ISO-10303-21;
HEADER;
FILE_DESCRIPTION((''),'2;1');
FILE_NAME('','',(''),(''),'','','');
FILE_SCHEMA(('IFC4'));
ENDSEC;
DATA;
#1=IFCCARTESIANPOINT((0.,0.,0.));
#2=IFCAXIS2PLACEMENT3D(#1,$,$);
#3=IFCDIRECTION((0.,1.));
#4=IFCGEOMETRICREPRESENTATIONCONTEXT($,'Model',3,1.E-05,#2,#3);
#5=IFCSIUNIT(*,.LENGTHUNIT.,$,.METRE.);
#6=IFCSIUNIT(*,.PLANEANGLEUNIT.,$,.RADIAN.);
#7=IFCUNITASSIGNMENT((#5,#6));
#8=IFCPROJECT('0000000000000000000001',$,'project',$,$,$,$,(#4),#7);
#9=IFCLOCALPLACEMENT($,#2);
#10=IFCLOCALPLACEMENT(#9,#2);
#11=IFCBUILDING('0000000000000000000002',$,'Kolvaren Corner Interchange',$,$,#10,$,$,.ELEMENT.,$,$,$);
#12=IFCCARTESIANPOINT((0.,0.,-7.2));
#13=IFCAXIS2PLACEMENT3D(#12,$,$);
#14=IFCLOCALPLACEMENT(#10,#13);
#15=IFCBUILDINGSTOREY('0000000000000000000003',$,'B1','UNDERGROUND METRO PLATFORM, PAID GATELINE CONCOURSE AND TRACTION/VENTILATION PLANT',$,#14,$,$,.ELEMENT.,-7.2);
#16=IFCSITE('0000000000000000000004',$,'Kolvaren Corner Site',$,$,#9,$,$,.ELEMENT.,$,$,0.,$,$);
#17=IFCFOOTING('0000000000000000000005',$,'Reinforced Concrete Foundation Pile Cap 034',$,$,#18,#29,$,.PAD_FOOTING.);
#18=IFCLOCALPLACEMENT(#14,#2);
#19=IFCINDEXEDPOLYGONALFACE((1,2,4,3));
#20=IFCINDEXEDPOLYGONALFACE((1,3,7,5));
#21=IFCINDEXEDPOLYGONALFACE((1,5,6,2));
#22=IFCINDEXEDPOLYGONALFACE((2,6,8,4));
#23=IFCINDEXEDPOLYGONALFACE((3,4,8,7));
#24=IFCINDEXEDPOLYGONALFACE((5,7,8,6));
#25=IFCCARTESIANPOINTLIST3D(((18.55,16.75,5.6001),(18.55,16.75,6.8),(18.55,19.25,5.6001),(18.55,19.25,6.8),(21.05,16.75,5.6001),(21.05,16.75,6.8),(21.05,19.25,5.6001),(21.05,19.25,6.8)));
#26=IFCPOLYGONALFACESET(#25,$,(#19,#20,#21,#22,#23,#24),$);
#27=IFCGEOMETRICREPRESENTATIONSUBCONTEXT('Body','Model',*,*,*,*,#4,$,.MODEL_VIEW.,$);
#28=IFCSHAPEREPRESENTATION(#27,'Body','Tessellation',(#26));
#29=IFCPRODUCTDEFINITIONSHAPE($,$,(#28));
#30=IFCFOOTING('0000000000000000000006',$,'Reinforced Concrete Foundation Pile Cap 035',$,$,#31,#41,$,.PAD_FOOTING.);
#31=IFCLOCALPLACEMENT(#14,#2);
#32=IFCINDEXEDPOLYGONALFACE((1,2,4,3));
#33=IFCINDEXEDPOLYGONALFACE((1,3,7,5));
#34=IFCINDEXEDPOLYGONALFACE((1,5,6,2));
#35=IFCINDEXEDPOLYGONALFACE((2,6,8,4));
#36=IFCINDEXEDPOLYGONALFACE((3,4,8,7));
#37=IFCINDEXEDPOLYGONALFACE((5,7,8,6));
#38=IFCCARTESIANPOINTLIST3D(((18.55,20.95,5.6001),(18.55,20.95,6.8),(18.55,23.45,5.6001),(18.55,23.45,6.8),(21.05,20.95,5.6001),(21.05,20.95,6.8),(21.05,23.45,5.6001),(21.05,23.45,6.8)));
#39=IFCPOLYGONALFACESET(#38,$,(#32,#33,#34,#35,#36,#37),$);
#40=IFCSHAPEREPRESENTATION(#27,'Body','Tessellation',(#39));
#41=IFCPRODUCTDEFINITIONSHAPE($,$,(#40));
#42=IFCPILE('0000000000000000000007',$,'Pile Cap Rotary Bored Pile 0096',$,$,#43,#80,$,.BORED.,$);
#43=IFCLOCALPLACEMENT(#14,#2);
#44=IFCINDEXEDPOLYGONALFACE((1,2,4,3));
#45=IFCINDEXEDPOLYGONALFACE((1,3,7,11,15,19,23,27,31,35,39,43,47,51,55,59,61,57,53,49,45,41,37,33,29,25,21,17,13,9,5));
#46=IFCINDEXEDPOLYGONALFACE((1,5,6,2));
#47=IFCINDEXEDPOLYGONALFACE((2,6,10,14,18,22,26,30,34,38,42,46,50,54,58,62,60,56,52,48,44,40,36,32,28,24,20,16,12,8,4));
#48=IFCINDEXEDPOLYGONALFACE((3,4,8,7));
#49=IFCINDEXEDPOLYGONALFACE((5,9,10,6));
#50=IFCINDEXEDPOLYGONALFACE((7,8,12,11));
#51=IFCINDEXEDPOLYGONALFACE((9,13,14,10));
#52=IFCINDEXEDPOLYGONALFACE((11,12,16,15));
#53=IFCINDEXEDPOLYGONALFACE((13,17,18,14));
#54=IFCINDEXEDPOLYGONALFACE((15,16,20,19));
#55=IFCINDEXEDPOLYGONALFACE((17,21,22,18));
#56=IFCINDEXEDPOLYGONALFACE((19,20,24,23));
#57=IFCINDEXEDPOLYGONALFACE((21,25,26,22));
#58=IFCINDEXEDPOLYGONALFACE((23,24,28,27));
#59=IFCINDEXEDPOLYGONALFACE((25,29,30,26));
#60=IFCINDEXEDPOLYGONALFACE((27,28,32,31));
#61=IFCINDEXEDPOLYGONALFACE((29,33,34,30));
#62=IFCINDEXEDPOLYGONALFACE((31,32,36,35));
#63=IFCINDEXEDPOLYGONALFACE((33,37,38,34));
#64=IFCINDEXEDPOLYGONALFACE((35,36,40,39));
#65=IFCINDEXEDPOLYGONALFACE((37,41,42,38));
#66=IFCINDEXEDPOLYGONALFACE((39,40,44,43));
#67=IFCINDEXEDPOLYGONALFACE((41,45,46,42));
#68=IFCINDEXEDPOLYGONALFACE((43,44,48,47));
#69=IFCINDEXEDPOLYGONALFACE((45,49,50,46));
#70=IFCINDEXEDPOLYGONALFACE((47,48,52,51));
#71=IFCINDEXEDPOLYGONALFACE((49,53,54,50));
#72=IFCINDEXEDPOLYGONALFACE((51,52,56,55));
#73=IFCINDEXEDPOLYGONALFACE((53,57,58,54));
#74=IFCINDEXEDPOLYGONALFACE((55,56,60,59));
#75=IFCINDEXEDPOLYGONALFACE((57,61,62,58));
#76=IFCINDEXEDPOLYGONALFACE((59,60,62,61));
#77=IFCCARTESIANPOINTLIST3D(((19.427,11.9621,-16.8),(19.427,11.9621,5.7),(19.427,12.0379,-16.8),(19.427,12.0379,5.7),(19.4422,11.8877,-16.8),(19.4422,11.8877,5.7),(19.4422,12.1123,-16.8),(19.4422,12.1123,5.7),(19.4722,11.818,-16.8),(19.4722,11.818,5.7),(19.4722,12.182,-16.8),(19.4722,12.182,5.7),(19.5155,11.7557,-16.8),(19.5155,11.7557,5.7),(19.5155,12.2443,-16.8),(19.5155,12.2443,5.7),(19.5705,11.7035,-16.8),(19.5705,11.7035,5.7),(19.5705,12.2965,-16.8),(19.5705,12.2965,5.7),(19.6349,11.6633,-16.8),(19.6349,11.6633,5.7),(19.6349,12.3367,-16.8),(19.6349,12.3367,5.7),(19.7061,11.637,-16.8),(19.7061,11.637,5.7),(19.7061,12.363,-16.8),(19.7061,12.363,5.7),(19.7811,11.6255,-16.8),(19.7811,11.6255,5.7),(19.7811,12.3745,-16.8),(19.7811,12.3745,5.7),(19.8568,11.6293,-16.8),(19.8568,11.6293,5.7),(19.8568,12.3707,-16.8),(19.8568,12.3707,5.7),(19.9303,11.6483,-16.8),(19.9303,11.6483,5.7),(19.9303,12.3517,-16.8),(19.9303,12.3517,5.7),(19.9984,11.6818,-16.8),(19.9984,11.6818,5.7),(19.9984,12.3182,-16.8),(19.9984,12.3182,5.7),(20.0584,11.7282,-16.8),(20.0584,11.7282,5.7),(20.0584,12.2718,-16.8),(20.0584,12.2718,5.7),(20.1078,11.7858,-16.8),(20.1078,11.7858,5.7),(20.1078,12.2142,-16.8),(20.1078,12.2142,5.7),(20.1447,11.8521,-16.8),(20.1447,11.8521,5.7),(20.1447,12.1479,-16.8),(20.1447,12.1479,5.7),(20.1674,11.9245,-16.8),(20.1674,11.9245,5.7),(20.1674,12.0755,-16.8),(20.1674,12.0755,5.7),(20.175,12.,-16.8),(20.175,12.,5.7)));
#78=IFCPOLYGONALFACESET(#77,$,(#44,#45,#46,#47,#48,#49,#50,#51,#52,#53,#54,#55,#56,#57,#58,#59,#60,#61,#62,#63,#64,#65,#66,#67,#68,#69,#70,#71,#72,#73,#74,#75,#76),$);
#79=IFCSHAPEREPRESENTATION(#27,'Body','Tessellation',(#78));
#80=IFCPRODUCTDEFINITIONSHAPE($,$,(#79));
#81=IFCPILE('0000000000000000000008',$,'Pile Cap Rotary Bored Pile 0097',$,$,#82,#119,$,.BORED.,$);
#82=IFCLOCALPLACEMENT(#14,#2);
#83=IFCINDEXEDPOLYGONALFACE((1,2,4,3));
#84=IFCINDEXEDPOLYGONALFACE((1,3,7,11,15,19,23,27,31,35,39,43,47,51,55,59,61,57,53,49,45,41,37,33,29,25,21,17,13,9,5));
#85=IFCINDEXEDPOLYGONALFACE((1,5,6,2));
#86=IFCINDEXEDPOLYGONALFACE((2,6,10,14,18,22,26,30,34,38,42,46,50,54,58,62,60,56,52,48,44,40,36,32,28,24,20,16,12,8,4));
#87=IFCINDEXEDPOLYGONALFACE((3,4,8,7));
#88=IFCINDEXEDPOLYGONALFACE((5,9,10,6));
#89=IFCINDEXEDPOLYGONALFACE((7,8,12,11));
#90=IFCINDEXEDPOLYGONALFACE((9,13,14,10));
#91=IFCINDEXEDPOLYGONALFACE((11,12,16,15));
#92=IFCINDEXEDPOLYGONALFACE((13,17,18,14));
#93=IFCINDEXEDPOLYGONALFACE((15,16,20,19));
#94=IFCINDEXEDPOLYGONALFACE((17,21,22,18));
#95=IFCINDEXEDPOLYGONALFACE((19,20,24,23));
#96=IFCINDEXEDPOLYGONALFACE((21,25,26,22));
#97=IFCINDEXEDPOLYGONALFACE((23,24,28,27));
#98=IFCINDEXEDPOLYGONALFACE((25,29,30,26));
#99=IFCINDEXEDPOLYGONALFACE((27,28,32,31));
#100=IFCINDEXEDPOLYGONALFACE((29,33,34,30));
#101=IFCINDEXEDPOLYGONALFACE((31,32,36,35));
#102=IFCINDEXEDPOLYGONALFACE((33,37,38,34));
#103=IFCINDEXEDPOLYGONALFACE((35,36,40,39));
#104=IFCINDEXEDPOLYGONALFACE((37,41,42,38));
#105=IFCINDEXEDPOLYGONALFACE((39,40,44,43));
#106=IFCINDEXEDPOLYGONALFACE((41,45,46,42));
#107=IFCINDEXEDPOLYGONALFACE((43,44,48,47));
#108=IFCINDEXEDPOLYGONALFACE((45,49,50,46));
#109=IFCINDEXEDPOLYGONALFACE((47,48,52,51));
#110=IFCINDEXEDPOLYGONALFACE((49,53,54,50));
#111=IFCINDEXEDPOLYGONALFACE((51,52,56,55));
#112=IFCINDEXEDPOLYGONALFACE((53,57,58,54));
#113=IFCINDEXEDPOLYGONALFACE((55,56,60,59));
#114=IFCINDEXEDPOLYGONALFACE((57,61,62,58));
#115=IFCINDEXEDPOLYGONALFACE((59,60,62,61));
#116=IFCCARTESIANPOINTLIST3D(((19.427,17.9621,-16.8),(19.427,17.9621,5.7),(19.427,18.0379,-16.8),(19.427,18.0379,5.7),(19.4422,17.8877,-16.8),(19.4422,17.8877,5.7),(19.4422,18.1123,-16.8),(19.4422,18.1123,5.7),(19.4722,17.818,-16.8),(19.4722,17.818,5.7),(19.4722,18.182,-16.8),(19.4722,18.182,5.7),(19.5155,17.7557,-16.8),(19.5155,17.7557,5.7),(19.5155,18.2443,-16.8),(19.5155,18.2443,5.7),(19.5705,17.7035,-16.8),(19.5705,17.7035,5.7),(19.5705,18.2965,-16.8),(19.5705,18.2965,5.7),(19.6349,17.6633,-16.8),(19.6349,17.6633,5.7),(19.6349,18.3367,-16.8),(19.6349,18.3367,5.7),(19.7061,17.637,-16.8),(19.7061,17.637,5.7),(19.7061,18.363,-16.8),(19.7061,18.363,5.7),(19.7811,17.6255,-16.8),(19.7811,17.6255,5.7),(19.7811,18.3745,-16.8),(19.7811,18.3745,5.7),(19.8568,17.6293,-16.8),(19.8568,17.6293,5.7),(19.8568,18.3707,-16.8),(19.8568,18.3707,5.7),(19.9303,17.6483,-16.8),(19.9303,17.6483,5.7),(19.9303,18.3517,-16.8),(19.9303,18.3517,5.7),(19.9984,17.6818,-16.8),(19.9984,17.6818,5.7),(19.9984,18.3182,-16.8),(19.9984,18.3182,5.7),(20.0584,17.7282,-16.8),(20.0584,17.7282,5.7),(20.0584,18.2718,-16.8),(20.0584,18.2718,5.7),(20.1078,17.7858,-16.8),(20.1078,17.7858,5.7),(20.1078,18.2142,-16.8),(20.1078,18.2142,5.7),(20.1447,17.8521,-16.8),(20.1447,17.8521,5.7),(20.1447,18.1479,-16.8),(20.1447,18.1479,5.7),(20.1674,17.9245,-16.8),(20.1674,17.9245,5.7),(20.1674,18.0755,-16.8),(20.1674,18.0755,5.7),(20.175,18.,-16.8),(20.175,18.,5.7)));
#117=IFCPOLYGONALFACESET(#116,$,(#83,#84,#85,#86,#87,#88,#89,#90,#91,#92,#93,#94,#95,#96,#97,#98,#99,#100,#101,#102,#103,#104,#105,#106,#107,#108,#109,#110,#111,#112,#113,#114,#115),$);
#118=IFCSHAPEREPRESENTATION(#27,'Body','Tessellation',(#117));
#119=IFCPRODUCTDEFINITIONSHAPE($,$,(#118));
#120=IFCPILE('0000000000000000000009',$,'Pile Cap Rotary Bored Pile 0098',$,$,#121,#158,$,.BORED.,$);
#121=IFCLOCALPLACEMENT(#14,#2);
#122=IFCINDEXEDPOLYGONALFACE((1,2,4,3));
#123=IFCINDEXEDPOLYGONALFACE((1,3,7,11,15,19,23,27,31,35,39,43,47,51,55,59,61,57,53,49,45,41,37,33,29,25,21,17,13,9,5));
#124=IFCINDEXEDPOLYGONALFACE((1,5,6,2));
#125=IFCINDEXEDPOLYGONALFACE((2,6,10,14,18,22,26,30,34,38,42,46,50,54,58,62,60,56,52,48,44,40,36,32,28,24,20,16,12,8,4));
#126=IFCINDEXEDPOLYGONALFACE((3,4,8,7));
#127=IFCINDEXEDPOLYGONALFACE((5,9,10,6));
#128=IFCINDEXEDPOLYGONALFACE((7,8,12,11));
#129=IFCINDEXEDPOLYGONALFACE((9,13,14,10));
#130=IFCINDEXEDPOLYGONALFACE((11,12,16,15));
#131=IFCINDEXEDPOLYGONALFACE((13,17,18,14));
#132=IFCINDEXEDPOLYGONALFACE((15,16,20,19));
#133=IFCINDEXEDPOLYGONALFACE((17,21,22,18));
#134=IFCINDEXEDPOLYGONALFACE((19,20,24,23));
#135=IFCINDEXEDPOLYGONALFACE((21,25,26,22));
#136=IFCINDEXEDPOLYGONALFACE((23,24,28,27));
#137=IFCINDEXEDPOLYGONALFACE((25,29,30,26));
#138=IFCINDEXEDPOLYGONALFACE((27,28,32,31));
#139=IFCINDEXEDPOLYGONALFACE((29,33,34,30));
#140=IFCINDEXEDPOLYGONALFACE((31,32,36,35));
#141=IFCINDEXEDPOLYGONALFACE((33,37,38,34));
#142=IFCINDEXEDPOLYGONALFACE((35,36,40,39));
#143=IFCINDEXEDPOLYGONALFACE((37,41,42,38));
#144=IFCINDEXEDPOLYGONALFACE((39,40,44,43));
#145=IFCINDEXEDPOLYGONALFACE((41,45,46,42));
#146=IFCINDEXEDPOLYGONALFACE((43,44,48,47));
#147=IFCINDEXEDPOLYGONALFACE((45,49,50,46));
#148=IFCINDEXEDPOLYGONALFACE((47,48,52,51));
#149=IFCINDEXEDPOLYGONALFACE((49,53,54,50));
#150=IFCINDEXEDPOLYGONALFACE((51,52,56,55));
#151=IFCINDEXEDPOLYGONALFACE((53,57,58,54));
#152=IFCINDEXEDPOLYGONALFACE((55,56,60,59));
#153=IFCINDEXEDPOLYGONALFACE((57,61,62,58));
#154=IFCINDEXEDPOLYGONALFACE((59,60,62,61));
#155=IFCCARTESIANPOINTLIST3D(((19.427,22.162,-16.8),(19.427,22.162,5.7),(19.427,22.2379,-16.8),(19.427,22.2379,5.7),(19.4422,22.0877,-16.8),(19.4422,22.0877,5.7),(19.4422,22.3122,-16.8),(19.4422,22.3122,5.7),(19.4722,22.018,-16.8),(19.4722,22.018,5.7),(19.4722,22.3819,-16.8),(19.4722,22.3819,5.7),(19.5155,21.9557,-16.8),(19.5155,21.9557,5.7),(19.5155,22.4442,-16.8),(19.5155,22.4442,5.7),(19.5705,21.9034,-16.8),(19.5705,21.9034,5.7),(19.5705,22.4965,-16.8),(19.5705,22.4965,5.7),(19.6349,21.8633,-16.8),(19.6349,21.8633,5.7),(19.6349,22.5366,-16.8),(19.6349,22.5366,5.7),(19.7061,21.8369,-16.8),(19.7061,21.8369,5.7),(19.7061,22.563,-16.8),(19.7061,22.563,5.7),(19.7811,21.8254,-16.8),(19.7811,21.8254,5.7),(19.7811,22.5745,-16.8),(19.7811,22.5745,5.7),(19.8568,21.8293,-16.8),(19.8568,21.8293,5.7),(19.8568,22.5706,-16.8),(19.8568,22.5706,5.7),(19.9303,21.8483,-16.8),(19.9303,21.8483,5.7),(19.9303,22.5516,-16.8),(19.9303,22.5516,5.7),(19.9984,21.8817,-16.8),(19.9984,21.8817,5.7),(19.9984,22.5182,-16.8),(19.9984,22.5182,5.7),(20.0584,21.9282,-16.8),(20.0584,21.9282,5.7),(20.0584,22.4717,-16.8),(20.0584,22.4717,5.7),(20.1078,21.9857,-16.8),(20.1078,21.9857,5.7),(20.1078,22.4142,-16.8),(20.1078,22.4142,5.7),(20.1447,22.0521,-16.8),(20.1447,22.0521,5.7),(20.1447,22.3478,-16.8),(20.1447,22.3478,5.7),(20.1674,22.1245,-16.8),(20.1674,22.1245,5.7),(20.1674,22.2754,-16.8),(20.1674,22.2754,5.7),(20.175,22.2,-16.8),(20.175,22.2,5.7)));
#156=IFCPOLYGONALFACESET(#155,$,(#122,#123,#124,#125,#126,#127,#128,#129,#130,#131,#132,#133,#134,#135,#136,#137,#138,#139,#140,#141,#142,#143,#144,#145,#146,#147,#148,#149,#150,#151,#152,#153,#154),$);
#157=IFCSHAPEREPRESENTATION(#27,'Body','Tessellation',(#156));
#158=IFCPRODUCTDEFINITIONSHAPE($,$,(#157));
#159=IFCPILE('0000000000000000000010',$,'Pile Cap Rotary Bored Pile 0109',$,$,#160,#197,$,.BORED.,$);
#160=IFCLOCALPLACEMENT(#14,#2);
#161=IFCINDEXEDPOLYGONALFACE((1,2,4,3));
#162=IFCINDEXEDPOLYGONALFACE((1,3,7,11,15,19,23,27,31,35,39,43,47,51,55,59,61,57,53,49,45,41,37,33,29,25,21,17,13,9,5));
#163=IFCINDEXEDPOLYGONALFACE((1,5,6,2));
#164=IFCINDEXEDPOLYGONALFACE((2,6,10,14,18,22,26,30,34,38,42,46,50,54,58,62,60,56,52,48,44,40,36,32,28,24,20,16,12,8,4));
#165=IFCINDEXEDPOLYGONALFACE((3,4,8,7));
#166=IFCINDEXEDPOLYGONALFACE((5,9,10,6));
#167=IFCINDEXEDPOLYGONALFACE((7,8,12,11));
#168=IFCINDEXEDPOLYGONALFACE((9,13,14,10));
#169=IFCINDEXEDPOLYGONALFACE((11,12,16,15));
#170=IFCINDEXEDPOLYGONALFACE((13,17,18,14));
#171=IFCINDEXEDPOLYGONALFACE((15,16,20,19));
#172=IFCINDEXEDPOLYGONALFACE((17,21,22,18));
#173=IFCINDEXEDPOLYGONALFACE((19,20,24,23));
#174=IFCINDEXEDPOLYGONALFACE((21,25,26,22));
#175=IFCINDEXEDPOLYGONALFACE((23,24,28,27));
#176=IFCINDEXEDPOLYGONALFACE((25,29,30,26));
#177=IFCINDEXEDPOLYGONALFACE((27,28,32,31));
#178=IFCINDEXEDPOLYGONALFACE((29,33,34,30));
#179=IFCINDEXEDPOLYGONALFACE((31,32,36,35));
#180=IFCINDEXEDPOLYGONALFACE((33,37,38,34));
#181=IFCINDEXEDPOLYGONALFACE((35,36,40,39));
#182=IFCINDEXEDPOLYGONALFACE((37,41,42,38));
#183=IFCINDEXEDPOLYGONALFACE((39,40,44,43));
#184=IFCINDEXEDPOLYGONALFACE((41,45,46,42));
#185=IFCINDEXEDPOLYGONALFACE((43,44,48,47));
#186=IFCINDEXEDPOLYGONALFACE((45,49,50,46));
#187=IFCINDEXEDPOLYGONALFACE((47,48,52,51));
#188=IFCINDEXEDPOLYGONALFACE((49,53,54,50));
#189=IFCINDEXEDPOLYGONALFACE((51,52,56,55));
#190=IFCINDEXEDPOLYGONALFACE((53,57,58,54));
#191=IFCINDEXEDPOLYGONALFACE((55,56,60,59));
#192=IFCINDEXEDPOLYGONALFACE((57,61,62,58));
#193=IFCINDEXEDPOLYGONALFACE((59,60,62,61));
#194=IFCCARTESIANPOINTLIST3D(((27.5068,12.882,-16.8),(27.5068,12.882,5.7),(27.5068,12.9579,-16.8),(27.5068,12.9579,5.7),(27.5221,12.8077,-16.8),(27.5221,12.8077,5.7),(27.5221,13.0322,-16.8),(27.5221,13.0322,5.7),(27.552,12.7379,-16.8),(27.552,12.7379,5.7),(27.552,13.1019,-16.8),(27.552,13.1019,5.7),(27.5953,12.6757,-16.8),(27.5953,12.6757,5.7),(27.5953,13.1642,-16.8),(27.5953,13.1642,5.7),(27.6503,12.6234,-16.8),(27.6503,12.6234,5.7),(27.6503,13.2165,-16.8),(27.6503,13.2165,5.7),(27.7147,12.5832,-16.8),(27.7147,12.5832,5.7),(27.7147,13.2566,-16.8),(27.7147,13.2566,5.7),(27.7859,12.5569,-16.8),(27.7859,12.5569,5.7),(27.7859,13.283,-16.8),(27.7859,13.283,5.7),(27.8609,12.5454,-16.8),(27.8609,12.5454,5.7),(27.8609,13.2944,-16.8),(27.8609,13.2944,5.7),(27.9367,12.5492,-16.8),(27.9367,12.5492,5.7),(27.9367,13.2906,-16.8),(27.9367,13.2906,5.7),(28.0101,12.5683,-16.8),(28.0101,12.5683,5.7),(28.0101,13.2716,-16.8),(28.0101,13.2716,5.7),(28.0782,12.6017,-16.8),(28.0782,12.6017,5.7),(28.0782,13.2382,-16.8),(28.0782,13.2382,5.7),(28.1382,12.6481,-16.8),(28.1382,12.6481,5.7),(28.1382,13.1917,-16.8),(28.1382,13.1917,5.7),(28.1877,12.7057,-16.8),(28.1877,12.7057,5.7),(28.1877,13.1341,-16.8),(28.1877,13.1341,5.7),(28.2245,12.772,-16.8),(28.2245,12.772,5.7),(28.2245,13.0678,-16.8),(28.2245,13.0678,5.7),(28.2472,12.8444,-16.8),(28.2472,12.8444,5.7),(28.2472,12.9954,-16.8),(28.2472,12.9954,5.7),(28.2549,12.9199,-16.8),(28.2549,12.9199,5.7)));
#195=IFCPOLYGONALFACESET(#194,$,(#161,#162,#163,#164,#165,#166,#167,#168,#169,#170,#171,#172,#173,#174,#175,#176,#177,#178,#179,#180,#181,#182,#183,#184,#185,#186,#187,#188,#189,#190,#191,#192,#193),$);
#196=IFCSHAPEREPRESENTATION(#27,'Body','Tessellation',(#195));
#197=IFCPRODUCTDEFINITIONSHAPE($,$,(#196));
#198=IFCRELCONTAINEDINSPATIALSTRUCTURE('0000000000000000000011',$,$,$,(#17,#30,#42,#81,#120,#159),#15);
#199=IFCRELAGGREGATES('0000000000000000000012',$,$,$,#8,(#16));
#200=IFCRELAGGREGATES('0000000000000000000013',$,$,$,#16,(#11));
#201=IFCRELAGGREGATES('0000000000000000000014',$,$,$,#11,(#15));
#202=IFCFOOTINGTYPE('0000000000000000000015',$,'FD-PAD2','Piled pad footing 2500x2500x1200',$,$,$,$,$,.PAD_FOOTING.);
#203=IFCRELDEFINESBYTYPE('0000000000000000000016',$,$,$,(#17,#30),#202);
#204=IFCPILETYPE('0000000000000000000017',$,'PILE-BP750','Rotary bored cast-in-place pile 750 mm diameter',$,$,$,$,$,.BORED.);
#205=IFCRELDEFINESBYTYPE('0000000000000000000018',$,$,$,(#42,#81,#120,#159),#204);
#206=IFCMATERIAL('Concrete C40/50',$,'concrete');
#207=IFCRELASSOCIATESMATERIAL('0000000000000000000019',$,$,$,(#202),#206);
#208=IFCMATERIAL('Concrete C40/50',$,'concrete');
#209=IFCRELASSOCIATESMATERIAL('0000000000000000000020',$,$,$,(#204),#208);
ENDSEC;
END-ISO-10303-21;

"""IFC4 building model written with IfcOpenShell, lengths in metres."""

from ifc_helpers import new_model, si_unit, direction, frame, origin, origin_2d, place, context, subcontext, project, spatial, rectangle, circle, extrude, material, material_profile, profile_set, type_object, element, save


model = new_model("IFC4")

# Units and contexts
model_context = context("Model", 3, precision=1e-05, world=origin(), true_north=direction((0.0, 1.0)))
body_context = subcontext(model_context, "Body", "Model", "MODEL_VIEW")
ifc_project = project(units=[si_unit("LENGTHUNIT", "METRE"), si_unit("PLANEANGLEUNIT", "RADIAN")], contexts=[model_context])

# Site, building, storey
site_placement = place(None, origin())
site = spatial("IfcSite", under=ifc_project, at=site_placement, Name="Kolvaren Corner Site", CompositionType="ELEMENT", RefElevation=0.0)
building_placement = place(site_placement, origin())
building = spatial("IfcBuilding", under=site, at=building_placement, Name="Kolvaren Corner Interchange", CompositionType="ELEMENT")
storey_placement = place(building_placement, frame((0.0, 0.0, -7.2)))
storey = spatial("IfcBuildingStorey", under=building, at=storey_placement, Name="B1", Description="UNDERGROUND METRO PLATFORM, PAID GATELINE CONCOURSE AND TRACTION/VENTILATION PLANT", CompositionType="ELEMENT", Elevation=-7.2)

# Footings
ifc_material_1 = material(Name="Concrete C40/50", Category="concrete")
footing_type = type_object("IfcFootingType", Name="FD-PAD2", Description="Piled pad footing 2500x2500x1200", PredefinedType="PAD_FOOTING", material=ifc_material_1)
for number, where, z_axis, x_axis, name in (
    (1, (19.8, 18.0, 5.6001), (0.0, 0.0, 1.0), (1.0, 0.0, 0.0), "Reinforced Concrete Foundation Pile Cap 034"),
    (2, (19.8, 22.2, 5.6001), (0.0, 0.0, 1.0), (1.0, 0.0, 0.0), "Reinforced Concrete Foundation Pile Cap 035"),
):
    element("IfcFooting", number, at=place(storey_placement, frame(where, z_axis=z_axis, x_axis=x_axis)), inside=storey, type_object=footing_type, Name=name, PredefinedType="PAD_FOOTING", context=body_context, shape_type="SweptSolid", body=[
        extrude(rectangle(XDim=2.5, YDim=2.5, at=origin_2d()), origin(), (0.0, 0.0, 1.0), 1.2),
    ])

# Piles
ifc_material_2 = material(Name="Concrete C40/50", Category="concrete")
ifc_material_profile_1 = material_profile(ifc_material_2, circle(Radius=0.375, at=origin_2d()), Name="BORED PILE 750")
ifc_profile_set_1 = profile_set([ifc_material_profile_1], Name="Concrete C40/50")
pile_type_1 = type_object("IfcPileType", Name="PILE-BP750", Description="Rotary bored cast-in-place pile 750 mm diameter", PredefinedType="BORED", material=ifc_profile_set_1)
for number, where, z_axis, x_axis, name in (
    (3, (19.8, 12.0, 5.7), (0.0, 0.0, -1.0), (1.0, 0.0, 0.0), "Pile Cap Rotary Bored Pile 0096"),
    (4, (19.8, 18.0, 5.7), (0.0, 0.0, -1.0), (1.0, 0.0, 0.0), "Pile Cap Rotary Bored Pile 0097"),
    (5, (19.8, 22.2, 5.7), (0.0, 0.0, -1.0), (1.0, 0.0, 0.0), "Pile Cap Rotary Bored Pile 0098"),
    (6, (27.8799, 12.9199, 5.7), (0.0, 0.0, -1.0), (1.0, 0.0, 0.0), "Pile Cap Rotary Bored Pile 0109"),
):
    element("IfcPile", number, at=place(storey_placement, frame(where, z_axis=z_axis, x_axis=x_axis)), inside=storey, type_object=pile_type_1, Name=name, PredefinedType="BORED", context=body_context, shape_type="SweptSolid", body=[
        extrude(circle(Radius=0.375, at=origin_2d()), origin(), (0.0, 0.0, 1.0), 22.5),
    ])

save(model, "model.ifc")
